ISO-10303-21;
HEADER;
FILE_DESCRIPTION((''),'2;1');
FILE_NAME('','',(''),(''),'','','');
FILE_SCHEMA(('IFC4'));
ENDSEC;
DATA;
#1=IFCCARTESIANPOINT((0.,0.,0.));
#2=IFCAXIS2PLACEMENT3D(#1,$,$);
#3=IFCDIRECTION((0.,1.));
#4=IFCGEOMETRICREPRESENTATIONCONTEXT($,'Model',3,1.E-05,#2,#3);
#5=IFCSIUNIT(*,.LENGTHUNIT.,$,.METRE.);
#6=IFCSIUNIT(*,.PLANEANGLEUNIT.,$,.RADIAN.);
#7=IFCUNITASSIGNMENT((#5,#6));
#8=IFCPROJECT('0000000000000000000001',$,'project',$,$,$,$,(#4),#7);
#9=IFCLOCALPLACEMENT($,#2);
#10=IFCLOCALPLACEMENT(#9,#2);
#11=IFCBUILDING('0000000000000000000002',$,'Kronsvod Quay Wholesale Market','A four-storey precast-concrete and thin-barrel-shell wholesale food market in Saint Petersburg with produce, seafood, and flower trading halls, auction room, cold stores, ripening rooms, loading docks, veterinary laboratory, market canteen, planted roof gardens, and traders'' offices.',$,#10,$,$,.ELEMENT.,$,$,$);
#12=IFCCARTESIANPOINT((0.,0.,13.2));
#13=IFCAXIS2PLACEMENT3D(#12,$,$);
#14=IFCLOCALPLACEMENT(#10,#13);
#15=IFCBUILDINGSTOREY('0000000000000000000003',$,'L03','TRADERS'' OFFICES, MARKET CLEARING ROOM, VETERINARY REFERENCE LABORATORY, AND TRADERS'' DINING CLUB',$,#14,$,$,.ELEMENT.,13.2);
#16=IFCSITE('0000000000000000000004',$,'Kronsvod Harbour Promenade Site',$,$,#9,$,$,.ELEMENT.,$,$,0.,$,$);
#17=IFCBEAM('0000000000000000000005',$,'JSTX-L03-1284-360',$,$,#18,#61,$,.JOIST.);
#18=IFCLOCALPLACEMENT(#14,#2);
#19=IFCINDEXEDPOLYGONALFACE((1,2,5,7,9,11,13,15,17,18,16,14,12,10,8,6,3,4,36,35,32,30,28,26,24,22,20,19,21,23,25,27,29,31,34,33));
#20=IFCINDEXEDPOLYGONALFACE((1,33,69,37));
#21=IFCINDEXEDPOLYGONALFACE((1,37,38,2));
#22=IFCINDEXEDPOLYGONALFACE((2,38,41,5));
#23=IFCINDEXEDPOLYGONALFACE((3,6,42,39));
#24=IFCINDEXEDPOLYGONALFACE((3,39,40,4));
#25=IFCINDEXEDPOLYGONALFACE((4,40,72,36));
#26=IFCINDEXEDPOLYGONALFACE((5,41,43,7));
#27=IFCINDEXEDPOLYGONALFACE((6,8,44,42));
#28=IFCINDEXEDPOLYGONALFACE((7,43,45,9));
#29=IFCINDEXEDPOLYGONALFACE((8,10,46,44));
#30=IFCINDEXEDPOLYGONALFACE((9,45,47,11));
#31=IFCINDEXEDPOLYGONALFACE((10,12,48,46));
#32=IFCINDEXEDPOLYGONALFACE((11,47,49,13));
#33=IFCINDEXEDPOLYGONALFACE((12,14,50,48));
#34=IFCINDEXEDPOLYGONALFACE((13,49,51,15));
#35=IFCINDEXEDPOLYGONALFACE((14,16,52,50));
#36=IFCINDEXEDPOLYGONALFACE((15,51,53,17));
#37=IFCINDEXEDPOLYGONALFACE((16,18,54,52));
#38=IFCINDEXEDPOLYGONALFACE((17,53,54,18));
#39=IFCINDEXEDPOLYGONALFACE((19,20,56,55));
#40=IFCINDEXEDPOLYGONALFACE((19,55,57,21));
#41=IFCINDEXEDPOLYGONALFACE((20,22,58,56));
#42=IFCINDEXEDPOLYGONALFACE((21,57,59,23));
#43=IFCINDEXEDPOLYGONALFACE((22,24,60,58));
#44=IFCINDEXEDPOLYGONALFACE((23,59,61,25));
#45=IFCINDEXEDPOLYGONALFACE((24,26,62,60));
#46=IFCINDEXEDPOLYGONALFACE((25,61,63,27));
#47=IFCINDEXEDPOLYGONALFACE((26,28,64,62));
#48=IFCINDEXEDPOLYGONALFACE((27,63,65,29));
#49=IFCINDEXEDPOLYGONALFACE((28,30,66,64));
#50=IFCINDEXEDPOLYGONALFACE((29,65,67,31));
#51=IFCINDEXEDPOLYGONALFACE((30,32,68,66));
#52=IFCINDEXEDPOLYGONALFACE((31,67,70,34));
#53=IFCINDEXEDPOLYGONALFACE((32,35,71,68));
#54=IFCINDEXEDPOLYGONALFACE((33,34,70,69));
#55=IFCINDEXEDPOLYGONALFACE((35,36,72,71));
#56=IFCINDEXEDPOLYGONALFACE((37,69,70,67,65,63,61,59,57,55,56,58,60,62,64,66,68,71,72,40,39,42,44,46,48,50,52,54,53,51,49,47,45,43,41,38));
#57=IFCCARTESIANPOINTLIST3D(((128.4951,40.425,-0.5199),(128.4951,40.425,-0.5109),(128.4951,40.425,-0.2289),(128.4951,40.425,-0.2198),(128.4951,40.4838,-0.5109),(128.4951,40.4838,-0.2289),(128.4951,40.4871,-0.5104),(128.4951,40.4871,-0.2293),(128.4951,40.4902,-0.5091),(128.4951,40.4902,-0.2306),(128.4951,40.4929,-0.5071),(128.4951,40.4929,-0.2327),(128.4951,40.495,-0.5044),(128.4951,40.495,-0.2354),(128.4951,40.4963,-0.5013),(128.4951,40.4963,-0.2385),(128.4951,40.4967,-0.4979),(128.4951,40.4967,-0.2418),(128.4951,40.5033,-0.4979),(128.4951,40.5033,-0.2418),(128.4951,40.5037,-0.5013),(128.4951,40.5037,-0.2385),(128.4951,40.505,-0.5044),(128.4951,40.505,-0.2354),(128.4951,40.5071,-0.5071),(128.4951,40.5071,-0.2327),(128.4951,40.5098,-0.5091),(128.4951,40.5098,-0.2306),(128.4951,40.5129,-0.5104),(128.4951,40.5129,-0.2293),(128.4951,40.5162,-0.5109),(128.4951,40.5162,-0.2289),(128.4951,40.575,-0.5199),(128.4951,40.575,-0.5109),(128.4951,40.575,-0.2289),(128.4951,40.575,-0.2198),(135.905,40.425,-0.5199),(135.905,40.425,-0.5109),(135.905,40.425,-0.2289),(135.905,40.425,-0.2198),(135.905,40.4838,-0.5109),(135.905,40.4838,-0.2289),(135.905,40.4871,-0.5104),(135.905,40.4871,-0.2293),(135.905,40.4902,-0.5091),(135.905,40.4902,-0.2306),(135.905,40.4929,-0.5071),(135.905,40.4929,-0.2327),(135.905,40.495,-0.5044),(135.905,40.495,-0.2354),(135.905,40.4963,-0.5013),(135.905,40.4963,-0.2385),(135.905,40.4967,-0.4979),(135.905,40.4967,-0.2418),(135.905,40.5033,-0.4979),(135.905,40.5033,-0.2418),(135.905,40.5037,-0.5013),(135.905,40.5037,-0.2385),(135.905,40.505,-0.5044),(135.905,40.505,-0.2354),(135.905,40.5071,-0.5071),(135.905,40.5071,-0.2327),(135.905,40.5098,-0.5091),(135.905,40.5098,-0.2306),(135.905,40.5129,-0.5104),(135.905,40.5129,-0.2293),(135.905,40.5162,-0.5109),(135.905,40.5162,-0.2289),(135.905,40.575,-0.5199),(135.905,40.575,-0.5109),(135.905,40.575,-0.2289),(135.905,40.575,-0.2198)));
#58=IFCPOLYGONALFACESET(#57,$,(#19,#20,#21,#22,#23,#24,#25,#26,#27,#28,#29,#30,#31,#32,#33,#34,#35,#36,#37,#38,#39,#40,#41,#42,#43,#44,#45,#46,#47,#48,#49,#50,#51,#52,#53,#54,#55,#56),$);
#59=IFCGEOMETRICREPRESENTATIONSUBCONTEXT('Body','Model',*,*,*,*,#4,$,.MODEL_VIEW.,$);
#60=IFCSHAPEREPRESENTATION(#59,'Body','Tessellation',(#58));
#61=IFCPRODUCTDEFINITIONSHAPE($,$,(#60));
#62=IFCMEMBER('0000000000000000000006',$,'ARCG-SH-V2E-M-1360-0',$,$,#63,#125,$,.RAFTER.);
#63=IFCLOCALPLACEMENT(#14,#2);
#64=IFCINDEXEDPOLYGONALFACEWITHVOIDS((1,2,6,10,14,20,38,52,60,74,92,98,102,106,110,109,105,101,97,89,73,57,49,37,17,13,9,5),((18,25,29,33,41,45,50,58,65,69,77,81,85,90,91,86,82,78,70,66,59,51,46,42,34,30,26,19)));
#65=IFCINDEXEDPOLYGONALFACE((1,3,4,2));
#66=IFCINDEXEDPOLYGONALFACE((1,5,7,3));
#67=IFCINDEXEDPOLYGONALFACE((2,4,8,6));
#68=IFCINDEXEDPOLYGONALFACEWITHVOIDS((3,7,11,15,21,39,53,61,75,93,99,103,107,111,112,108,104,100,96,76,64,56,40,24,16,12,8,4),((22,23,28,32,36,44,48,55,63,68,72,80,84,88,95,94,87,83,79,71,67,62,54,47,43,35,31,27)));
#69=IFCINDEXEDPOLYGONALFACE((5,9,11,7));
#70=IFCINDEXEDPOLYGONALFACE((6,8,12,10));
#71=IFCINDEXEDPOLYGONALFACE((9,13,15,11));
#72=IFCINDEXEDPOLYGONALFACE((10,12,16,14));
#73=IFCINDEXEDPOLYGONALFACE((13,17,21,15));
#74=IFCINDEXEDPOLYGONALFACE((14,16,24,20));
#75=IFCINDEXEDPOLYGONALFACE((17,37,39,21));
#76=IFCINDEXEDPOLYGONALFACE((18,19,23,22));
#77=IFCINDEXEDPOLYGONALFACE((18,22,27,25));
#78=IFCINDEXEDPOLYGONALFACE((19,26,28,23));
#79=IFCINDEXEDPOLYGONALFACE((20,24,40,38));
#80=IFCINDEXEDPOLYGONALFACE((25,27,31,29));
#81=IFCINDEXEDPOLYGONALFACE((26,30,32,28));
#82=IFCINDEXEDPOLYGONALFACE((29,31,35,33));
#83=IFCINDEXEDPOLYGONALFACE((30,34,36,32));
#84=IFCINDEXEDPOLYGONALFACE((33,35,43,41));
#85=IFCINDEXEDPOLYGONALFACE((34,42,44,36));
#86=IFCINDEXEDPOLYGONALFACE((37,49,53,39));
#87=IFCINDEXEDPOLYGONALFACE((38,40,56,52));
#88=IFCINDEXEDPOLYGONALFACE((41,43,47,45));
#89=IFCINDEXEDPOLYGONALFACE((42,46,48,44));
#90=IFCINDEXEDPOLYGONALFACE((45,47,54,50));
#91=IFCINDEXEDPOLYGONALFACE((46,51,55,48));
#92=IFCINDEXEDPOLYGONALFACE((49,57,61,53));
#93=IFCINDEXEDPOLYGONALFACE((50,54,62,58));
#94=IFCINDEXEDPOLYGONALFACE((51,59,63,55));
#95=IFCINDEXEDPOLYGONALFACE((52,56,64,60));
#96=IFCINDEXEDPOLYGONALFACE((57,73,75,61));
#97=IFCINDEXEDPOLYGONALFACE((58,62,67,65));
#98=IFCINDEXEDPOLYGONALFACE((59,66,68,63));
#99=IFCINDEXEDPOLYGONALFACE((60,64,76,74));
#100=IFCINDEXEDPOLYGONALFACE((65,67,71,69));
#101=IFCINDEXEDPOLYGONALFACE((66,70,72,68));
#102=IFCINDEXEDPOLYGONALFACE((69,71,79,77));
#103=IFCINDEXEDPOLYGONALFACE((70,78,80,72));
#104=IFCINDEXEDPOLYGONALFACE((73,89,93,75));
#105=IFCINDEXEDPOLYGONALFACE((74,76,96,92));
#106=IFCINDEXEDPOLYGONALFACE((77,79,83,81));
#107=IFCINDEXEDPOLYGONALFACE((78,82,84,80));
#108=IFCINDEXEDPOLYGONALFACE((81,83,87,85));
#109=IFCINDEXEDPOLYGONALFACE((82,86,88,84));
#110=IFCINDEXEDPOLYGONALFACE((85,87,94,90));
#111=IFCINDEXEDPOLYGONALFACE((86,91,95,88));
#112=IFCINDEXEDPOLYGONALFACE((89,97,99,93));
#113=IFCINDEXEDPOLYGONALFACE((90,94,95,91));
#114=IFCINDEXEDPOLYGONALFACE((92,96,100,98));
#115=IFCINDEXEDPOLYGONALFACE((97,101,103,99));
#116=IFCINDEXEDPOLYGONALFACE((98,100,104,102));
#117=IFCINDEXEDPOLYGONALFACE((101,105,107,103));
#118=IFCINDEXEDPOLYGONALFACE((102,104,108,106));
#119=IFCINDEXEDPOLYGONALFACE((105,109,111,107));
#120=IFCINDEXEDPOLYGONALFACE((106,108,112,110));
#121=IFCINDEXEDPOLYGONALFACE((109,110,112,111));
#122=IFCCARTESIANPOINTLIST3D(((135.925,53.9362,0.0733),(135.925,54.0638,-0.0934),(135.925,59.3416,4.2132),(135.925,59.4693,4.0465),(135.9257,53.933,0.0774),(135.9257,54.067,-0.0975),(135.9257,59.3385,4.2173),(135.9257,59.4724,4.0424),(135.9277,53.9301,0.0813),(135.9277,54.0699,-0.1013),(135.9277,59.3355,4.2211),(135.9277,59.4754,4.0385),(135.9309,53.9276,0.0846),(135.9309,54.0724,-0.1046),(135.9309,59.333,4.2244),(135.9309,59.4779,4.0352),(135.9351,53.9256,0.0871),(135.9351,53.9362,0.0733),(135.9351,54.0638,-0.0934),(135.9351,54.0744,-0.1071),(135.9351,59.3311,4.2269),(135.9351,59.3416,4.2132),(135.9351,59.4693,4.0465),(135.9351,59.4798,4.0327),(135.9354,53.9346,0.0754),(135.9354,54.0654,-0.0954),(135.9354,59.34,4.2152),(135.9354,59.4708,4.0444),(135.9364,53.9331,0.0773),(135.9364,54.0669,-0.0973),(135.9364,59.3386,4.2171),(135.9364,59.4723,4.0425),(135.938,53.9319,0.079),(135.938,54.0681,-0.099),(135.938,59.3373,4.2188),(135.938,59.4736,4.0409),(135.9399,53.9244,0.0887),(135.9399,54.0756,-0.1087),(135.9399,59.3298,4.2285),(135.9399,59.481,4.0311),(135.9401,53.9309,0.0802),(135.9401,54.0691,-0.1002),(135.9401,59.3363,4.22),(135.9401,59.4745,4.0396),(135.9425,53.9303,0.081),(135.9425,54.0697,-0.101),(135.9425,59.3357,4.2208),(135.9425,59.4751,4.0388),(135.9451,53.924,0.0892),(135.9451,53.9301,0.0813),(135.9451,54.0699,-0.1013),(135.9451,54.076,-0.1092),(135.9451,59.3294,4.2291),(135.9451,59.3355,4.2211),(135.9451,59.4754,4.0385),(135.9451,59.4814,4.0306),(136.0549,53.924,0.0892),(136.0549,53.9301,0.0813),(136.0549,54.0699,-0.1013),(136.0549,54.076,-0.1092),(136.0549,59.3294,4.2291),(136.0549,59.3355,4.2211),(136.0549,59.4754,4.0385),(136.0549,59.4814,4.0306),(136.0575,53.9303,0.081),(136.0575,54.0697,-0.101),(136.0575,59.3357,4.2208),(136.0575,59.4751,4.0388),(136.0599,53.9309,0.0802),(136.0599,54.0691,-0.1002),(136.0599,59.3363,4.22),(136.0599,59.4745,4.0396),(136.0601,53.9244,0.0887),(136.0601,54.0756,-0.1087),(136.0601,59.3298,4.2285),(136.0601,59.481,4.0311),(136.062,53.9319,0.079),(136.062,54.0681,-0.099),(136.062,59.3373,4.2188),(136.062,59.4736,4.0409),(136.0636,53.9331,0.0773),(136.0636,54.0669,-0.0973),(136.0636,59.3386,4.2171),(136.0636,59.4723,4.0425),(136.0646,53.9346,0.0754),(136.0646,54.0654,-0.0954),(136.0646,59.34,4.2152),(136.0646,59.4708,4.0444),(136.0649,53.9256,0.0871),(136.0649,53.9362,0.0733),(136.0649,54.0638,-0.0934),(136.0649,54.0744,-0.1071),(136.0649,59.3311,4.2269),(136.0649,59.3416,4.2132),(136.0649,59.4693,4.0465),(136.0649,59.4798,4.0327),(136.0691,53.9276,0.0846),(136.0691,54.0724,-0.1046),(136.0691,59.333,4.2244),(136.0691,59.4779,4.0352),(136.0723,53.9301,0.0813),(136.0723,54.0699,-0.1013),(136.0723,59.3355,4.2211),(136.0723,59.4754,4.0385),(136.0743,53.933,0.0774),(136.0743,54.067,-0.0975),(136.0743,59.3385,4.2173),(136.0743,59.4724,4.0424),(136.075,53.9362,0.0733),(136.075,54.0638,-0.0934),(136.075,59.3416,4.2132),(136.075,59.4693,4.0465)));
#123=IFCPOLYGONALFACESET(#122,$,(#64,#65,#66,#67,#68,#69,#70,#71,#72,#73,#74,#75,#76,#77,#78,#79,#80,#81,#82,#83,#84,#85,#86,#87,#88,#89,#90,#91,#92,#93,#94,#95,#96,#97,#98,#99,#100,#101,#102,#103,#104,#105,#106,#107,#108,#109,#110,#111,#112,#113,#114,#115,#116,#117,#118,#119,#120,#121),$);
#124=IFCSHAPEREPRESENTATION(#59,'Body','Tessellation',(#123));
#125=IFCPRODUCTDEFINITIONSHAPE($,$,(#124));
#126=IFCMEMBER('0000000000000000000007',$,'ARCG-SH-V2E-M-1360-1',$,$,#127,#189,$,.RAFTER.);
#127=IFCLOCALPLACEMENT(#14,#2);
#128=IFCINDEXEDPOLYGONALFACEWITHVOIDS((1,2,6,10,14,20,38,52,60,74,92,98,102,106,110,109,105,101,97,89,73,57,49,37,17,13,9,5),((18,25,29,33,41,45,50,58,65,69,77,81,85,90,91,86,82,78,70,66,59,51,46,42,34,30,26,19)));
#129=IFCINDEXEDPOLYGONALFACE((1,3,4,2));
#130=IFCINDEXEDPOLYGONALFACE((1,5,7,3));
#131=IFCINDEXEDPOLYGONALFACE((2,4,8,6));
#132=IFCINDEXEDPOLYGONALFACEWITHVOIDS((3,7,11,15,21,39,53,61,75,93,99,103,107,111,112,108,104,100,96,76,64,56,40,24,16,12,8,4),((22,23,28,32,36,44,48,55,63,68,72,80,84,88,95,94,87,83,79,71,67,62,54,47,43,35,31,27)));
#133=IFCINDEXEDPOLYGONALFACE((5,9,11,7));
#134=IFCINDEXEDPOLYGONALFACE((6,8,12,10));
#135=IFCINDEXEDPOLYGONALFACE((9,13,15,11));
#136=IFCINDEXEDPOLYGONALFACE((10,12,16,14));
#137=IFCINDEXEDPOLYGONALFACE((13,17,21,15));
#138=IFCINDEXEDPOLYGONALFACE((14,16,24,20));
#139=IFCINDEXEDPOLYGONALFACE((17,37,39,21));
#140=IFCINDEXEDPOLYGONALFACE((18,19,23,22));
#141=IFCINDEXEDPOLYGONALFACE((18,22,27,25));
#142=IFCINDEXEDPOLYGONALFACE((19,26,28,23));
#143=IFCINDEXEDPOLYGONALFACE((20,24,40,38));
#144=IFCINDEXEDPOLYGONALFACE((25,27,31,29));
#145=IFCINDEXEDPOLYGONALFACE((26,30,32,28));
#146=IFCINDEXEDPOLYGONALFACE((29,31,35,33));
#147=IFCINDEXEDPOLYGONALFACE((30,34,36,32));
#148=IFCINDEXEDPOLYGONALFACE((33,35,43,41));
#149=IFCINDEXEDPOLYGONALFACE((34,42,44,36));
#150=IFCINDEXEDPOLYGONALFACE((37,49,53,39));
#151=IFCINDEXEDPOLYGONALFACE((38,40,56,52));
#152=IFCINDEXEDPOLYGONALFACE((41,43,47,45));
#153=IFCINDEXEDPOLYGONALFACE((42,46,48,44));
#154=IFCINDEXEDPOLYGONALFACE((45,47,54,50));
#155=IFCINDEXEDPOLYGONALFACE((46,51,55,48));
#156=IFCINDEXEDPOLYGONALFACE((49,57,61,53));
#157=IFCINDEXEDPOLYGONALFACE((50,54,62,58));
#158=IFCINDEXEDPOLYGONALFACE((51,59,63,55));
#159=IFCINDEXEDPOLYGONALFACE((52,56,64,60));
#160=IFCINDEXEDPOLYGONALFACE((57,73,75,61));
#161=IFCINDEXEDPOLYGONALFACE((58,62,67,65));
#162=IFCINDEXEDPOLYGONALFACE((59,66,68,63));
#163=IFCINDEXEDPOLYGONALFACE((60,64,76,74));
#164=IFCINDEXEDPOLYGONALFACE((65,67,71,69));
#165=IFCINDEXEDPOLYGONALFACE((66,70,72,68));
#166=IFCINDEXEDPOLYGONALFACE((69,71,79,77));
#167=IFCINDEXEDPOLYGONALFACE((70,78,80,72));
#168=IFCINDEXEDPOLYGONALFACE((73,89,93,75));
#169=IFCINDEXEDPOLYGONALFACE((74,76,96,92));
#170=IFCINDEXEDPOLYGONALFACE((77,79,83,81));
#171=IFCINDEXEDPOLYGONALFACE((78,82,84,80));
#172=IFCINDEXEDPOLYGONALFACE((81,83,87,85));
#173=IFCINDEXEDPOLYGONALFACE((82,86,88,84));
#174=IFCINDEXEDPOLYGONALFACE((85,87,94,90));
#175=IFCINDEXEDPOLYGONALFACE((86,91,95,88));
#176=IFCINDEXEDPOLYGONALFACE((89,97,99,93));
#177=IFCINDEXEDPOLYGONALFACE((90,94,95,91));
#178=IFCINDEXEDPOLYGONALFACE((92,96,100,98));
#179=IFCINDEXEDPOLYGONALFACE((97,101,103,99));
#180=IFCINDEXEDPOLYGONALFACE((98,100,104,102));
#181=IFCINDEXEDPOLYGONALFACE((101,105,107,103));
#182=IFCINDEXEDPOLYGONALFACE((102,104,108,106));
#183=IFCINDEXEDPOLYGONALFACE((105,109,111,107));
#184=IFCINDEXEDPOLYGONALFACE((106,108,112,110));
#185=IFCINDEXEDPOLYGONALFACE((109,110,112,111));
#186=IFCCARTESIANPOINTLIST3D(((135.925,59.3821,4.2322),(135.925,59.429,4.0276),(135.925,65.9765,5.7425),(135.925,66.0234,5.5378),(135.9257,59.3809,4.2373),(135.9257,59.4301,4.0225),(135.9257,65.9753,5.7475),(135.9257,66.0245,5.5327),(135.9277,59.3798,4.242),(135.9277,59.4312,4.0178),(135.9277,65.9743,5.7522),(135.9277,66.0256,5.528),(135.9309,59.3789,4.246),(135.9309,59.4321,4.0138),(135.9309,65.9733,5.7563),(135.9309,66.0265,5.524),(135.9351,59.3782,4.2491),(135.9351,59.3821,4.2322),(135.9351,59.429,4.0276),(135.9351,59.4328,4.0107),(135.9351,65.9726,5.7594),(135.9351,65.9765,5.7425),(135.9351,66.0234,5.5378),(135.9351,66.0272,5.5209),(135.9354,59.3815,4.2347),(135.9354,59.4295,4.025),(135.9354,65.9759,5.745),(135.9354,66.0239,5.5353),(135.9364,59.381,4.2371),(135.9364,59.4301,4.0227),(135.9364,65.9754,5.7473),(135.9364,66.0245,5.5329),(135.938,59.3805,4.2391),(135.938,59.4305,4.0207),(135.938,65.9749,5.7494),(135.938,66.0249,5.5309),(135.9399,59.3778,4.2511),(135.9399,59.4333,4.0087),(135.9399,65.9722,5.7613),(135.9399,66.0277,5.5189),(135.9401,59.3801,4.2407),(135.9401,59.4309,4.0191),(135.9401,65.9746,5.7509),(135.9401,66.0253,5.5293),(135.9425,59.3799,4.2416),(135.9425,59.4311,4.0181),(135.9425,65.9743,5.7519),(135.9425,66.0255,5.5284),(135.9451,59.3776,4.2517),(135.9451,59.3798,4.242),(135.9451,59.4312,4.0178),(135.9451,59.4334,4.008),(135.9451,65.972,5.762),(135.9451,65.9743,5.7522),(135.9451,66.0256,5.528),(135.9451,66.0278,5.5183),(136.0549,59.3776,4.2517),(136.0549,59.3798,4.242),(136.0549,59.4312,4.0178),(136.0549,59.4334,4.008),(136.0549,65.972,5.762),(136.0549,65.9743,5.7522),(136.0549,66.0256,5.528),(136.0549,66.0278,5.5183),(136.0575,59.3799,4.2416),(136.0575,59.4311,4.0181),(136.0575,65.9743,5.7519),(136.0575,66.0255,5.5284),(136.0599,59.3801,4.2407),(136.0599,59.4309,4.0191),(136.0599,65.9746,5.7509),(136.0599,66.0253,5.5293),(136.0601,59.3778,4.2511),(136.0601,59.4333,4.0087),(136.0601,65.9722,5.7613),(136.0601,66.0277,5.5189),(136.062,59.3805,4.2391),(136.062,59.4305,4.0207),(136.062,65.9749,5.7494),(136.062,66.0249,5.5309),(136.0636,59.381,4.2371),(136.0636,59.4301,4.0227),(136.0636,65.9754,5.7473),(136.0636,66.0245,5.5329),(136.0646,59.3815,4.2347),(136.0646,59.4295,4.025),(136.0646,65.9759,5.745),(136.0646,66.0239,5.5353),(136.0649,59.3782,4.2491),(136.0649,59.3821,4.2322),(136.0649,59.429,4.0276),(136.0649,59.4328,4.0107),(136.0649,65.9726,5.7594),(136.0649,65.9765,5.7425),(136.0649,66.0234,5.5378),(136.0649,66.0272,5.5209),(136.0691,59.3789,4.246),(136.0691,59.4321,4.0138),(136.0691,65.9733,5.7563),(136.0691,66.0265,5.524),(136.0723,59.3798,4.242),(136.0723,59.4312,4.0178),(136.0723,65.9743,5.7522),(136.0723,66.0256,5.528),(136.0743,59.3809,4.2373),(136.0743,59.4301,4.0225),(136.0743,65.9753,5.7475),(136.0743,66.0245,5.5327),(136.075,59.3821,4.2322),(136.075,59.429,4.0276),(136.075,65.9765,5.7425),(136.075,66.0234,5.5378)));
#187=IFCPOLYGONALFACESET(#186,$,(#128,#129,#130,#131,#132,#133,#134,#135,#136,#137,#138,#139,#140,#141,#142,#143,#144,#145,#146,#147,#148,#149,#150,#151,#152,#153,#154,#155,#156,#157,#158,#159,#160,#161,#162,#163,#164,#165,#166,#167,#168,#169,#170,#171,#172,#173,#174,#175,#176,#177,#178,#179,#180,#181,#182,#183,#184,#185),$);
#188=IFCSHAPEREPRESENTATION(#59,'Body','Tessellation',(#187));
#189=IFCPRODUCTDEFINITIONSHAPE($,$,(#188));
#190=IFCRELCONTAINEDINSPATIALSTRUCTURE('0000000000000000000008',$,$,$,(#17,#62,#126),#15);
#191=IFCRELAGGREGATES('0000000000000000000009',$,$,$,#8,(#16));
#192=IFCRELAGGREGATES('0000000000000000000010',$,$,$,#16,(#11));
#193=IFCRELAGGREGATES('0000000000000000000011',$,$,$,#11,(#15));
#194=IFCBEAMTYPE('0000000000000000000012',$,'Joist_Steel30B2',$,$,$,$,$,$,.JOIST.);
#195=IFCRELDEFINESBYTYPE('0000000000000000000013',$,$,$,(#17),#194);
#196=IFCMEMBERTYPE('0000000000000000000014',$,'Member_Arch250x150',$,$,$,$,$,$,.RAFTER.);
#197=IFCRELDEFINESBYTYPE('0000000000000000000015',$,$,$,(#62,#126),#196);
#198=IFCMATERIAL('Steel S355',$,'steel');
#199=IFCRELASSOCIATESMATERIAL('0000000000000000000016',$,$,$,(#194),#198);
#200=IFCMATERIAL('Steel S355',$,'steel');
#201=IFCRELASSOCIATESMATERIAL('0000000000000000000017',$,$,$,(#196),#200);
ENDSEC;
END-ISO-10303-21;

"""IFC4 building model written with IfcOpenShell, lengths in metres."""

from ifc_helpers import new_model, si_unit, direction, frame, origin, origin_2d, place, context, subcontext, project, spatial, hollow_rectangle, i_section, extrude, material, material_profile, profile_set, type_object, element, save


model = new_model("IFC4")

# Units and contexts
model_context = context("Model", 3, precision=1e-05, world=origin(), true_north=direction((0.0, 1.0)))
body_context = subcontext(model_context, "Body", "Model", "MODEL_VIEW")
ifc_project = project(units=[si_unit("LENGTHUNIT", "METRE"), si_unit("PLANEANGLEUNIT", "RADIAN")], contexts=[model_context])

# Site, building, storey
site_placement = place(None, origin())
site = spatial("IfcSite", under=ifc_project, at=site_placement, Name="Kronsvod Harbour Promenade Site", CompositionType="ELEMENT", RefElevation=0.0)
building_placement = place(site_placement, origin())
building = spatial("IfcBuilding", under=site, at=building_placement, Name="Kronsvod Quay Wholesale Market", Description="A four-storey precast-concrete and thin-barrel-shell wholesale food market in Saint Petersburg with produce, seafood, and flower trading halls, auction room, cold stores, ripening rooms, loading docks, veterinary laboratory, market canteen, planted roof gardens, and traders' offices.", CompositionType="ELEMENT")
storey_placement = place(building_placement, frame((0.0, 0.0, 13.2)))
storey = spatial("IfcBuildingStorey", under=building, at=storey_placement, Name="L03", Description="TRADERS' OFFICES, MARKET CLEARING ROOM, VETERINARY REFERENCE LABORATORY, AND TRADERS' DINING CLUB", CompositionType="ELEMENT", Elevation=13.2)

# Beam
ifc_material_1 = material(Name="Steel S355", Category="steel")
ifc_material_profile_1 = material_profile(ifc_material_1, i_section(OverallWidth=0.1499, OverallDepth=0.3, WebThickness=0.0066, FlangeThickness=0.009, FilletRadius=0.0129, at=origin_2d()), Name="30B2")
ifc_profile_set_1 = profile_set([ifc_material_profile_1], Name="Steel S355")
beam_type_1 = type_object("IfcBeamType", Name="Joist_Steel30B2", PredefinedType="JOIST", material=ifc_profile_set_1)
beam_1_placement = place(storey_placement, frame((128.4951, 40.5, -0.3699), z_axis=(1.0, 0.0, 0.0), x_axis=(0.0, 1.0, 0.0)))
element("IfcBeam", 1, at=beam_1_placement, inside=storey, type_object=beam_type_1, Name="JSTX-L03-1284-360", PredefinedType="JOIST", context=body_context, shape_type="SweptSolid", body=[
    extrude(i_section(OverallWidth=0.1499, OverallDepth=0.3, WebThickness=0.0066, FlangeThickness=0.009, FilletRadius=0.0129, at=origin_2d()), origin(), (0.0, 0.0, 1.0), 7.4099),
])

# Members
ifc_material_2 = material(Name="Steel S355", Category="steel")
ifc_material_profile_2 = material_profile(ifc_material_2, hollow_rectangle(XDim=0.1499, YDim=0.25, WallThickness=0.01, InnerFilletRadius=0.01, OuterFilletRadius=0.02, at=origin_2d()), Name="RHS250x150x10")
ifc_profile_set_2 = profile_set([ifc_material_profile_2], Name="Steel S355")
member_type_1 = type_object("IfcMemberType", Name="Member_Arch250x150", PredefinedType="RAFTER", material=ifc_profile_set_2)
member_1_placement = place(storey_placement, frame((136.0, 54.0, -0.01), z_axis=(0.0, 0.793914, 0.60803), x_axis=(-1.0, 0.0, 0.0)))
element("IfcMember", 2, at=member_1_placement, inside=storey, type_object=member_type_1, Name="ARCG-SH-V2E-M-1360-0", PredefinedType="RAFTER", context=body_context, shape_type="SweptSolid", body=[
    extrude(hollow_rectangle(XDim=0.1499, YDim=0.25, WallThickness=0.01, InnerFilletRadius=0.01, OuterFilletRadius=0.02, at=origin_2d()), origin(), (0.0, 0.0, 1.0), 6.8086),
])
member_2_placement = place(storey_placement, frame((136.0, 59.4055, 4.1299), z_axis=(0.0, 0.974764, 0.223238), x_axis=(-1.0, 0.0, 0.0)))
element("IfcMember", 3, at=member_2_placement, inside=storey, type_object=member_type_1, Name="ARCG-SH-V2E-M-1360-1", PredefinedType="RAFTER", context=body_context, shape_type="SweptSolid", body=[
    extrude(hollow_rectangle(XDim=0.1499, YDim=0.25, WallThickness=0.01, InnerFilletRadius=0.01, OuterFilletRadius=0.02, at=origin_2d()), origin(), (0.0, 0.0, 1.0), 6.7651),
])

save(model, "model.ifc")
